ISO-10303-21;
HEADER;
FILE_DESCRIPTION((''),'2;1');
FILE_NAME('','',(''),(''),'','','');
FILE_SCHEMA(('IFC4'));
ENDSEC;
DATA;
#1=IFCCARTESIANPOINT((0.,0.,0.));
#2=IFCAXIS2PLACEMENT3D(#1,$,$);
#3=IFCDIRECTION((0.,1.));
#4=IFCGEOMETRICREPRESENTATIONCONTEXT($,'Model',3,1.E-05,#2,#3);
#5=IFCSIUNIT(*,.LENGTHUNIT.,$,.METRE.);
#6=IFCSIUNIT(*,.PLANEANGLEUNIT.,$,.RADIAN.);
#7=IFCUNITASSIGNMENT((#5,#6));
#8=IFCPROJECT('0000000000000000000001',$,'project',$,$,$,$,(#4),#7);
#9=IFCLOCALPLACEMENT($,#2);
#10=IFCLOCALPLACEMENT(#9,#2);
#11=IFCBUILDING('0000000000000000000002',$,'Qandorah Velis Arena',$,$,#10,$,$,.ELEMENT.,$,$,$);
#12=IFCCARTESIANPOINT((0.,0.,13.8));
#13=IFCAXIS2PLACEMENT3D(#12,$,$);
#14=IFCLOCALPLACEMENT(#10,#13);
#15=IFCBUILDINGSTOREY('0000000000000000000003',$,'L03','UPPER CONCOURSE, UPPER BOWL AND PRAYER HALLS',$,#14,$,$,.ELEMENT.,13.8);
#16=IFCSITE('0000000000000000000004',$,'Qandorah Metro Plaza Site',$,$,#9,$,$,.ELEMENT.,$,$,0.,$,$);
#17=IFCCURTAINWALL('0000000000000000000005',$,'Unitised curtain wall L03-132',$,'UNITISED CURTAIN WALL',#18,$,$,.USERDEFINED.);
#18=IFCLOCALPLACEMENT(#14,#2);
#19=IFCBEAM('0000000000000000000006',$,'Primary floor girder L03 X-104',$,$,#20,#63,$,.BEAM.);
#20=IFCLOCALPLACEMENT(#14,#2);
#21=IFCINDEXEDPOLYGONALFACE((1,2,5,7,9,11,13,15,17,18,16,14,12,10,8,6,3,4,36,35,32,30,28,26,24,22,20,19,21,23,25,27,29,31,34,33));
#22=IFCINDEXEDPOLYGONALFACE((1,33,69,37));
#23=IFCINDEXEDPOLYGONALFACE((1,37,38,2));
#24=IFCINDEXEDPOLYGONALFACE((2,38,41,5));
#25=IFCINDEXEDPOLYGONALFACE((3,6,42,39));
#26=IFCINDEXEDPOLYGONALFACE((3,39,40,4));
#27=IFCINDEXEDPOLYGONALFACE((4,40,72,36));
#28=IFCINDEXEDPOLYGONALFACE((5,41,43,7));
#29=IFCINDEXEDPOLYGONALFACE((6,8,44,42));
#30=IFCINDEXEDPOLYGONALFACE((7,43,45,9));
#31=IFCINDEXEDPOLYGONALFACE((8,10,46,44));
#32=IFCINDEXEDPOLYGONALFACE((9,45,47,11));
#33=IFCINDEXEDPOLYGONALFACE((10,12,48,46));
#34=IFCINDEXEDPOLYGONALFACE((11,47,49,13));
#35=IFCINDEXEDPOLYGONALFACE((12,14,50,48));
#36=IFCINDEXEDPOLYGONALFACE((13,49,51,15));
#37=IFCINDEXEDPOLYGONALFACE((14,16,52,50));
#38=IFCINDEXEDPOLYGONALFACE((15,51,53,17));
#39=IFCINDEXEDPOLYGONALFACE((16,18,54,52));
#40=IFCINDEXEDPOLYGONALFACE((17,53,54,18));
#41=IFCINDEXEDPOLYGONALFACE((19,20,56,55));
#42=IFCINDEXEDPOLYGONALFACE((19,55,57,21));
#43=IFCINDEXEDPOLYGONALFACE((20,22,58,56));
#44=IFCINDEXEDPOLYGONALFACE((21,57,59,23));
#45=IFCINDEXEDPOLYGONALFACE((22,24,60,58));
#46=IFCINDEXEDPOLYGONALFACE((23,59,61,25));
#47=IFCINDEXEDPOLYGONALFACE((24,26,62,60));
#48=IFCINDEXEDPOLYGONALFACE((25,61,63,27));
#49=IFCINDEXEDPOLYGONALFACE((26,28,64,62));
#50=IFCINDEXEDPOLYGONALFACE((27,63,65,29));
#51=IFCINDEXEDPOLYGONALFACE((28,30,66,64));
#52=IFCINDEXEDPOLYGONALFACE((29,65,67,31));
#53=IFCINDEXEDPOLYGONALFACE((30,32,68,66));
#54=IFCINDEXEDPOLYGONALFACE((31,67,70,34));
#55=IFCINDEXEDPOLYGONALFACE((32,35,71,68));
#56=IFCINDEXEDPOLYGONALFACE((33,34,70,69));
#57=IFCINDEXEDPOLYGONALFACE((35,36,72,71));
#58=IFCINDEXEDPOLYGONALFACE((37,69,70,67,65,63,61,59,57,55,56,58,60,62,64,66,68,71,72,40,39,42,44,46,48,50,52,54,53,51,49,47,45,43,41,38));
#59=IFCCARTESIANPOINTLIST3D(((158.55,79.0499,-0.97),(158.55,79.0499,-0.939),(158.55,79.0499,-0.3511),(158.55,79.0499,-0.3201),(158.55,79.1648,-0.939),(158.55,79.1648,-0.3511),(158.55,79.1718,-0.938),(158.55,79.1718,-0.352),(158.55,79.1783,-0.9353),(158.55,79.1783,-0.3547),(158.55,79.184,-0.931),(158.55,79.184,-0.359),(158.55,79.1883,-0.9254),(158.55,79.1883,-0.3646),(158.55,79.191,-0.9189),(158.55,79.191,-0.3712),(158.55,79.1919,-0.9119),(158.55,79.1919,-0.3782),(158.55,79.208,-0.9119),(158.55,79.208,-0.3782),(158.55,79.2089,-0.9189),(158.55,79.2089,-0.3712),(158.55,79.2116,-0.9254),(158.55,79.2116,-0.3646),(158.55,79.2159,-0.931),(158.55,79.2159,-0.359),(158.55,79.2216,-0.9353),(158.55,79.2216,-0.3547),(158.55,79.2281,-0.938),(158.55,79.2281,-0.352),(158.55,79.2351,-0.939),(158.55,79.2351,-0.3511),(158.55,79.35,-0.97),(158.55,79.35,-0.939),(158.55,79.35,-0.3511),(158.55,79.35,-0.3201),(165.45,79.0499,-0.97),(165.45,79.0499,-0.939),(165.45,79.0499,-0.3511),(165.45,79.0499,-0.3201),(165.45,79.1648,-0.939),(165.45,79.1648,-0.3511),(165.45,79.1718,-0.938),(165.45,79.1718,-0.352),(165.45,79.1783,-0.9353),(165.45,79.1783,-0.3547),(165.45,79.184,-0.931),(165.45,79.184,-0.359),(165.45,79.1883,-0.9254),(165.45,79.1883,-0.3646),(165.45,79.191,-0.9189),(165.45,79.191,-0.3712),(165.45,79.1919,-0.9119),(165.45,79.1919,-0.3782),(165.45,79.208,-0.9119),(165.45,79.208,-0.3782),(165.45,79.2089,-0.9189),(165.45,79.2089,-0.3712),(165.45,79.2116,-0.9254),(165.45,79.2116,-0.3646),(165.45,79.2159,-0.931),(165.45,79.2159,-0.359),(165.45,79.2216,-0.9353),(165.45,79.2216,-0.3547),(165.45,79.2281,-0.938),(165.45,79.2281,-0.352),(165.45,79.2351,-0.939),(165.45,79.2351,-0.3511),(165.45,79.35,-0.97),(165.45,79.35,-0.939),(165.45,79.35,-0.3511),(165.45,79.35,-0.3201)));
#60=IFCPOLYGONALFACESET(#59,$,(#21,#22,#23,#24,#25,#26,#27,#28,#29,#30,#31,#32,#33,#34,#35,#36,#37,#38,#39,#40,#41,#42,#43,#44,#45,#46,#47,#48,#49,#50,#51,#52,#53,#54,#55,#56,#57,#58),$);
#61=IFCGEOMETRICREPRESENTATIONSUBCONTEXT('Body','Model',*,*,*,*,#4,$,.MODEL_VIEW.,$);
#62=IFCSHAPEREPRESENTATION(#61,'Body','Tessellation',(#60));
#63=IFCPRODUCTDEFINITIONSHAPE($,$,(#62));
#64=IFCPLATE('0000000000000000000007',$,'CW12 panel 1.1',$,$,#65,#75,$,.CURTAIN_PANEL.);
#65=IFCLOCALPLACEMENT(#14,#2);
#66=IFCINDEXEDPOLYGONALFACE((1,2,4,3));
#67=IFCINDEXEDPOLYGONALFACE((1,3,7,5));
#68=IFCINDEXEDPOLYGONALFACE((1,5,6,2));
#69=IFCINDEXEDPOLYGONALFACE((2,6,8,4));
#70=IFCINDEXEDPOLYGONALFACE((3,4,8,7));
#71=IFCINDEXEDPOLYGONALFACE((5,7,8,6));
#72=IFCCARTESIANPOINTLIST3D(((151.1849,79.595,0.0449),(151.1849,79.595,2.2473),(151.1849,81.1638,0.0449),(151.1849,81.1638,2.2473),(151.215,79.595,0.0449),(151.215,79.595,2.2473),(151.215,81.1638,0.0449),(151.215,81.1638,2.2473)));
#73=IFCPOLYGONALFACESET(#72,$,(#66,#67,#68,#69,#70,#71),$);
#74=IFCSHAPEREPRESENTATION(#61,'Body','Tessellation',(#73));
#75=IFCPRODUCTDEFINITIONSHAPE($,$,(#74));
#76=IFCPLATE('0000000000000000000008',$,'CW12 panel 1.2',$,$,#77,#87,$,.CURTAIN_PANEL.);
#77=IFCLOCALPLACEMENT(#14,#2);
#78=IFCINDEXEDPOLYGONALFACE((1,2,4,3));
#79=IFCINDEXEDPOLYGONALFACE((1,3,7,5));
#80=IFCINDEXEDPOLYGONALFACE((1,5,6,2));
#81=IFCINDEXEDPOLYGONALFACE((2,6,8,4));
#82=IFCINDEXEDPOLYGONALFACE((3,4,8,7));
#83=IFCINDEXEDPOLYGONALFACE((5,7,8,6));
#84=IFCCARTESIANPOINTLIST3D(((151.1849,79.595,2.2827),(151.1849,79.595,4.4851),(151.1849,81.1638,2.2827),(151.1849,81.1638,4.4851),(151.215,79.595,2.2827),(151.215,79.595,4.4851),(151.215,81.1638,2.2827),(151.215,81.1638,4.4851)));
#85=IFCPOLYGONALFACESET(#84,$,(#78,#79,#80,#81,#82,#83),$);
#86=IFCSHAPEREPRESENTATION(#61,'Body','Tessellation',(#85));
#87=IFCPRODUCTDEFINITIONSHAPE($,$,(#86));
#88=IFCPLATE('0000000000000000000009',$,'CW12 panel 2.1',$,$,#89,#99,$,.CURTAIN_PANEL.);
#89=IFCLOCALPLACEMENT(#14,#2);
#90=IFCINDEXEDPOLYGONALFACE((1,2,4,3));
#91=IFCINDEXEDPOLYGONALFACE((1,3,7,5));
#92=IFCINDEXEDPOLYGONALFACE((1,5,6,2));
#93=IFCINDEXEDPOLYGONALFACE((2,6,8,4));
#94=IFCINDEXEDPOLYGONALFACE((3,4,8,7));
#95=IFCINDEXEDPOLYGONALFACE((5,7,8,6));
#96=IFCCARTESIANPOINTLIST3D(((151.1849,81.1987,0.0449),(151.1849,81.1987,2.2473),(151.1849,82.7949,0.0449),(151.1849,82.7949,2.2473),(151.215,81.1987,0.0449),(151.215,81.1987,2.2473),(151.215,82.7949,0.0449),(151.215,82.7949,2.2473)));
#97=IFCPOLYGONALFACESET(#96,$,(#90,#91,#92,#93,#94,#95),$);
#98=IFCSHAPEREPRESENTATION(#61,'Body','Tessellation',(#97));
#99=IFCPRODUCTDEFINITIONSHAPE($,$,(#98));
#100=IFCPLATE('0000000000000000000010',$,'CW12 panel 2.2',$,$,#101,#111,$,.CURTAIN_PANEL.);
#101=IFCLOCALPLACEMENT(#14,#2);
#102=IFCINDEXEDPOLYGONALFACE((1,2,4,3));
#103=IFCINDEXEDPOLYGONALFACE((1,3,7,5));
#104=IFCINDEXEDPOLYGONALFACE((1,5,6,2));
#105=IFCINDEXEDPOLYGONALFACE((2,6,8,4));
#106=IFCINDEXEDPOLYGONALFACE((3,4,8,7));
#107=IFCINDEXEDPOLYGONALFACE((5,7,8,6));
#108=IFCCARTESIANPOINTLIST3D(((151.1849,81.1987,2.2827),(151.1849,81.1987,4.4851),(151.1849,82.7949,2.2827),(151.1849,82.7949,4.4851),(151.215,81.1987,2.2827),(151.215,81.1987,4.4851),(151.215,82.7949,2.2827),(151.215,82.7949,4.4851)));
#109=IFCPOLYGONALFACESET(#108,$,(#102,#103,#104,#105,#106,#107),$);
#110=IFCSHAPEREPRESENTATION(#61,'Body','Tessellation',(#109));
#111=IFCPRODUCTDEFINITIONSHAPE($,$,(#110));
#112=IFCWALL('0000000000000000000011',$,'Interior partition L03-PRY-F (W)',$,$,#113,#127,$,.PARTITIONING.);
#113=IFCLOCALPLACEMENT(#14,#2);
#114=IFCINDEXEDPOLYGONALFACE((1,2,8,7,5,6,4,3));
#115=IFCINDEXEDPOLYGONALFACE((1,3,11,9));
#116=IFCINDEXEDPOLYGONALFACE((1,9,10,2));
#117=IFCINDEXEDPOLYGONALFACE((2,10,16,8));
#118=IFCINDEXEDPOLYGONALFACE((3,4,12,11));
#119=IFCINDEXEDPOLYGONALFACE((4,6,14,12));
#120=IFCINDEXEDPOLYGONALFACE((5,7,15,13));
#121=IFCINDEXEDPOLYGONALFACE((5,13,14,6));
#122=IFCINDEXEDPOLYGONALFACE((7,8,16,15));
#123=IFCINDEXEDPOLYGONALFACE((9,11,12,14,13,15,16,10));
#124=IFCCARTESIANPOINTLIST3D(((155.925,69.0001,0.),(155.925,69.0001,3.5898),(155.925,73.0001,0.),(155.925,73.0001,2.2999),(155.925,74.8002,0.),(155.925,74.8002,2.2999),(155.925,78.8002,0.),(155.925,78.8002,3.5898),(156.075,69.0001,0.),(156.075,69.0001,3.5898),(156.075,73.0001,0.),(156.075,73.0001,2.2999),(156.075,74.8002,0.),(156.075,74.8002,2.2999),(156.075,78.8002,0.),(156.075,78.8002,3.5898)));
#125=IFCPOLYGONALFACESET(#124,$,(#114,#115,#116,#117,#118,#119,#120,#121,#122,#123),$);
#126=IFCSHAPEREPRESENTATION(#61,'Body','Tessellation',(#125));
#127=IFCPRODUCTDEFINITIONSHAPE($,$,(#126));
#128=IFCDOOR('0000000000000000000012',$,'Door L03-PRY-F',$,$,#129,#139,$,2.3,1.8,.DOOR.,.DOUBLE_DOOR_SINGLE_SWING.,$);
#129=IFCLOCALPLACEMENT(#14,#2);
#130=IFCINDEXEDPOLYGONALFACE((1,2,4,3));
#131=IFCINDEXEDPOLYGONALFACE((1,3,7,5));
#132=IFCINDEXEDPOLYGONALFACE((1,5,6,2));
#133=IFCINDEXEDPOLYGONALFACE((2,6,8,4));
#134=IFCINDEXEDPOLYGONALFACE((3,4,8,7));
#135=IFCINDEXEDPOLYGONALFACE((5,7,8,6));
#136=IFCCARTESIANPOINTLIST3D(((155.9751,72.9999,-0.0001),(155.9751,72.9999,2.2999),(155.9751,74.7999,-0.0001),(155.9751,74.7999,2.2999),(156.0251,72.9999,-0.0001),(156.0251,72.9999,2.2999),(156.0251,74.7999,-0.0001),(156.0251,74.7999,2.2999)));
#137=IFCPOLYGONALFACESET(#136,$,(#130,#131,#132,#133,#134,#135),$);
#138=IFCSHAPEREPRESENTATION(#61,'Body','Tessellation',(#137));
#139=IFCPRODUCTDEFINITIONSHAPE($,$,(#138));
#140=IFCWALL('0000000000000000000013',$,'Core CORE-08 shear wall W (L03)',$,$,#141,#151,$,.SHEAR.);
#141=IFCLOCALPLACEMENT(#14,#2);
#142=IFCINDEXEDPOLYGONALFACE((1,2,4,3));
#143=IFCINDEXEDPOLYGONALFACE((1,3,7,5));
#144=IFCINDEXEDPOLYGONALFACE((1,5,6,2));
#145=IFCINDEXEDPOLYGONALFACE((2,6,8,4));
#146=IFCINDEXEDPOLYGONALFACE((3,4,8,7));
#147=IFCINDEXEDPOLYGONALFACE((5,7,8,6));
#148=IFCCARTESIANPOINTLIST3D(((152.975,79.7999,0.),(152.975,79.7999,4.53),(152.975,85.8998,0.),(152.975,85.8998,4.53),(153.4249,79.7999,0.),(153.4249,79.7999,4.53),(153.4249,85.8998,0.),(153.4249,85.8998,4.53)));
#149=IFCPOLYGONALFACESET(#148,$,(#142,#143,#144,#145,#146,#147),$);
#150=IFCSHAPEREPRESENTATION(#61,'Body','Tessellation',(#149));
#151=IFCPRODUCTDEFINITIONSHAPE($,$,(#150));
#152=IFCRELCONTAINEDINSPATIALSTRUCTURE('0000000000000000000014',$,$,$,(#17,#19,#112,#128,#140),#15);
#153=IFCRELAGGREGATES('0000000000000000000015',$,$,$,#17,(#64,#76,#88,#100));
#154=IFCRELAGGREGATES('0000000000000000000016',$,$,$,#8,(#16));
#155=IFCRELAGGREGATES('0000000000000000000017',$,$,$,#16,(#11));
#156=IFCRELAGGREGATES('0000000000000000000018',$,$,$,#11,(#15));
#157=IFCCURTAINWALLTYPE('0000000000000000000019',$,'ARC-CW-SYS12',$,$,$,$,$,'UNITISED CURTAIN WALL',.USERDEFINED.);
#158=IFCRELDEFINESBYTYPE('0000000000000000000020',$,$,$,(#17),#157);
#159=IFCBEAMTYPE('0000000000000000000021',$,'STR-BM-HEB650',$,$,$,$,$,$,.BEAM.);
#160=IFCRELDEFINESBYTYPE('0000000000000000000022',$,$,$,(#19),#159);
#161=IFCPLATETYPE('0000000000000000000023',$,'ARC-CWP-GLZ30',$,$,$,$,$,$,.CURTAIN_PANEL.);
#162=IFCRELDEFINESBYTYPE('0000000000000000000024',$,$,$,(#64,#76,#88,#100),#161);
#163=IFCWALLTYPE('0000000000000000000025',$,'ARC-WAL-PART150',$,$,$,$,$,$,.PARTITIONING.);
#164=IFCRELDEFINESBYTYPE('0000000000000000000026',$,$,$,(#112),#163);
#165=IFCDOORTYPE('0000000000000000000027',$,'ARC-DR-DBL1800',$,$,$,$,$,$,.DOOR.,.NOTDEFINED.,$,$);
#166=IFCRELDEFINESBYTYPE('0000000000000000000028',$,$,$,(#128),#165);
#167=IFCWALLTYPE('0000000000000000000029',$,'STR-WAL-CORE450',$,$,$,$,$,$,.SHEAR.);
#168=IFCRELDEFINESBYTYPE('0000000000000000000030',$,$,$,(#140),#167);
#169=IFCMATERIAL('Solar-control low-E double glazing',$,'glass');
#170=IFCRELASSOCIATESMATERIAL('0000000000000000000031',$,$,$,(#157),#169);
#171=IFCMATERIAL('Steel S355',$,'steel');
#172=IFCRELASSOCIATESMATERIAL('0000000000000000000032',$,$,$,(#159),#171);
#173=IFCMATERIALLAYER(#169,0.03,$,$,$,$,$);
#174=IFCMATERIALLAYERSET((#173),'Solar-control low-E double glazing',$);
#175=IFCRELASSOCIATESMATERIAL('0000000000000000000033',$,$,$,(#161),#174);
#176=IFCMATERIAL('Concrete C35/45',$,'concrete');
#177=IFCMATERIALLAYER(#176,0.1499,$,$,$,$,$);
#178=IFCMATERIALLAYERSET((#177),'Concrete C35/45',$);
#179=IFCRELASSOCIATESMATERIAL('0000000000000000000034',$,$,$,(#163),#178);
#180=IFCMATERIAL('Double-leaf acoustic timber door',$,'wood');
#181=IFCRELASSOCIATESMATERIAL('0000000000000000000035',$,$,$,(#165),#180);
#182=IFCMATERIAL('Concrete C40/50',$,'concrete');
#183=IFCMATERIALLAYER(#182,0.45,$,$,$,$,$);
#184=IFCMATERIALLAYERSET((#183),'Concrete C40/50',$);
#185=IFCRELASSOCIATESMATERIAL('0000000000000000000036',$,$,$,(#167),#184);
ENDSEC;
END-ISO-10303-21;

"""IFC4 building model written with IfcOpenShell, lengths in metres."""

from ifc_helpers import new_model, si_unit, direction, frame, frame_2d, origin, origin_2d, place, context, subcontext, project, spatial, rectangle, i_section, extrude, material, layer, layer_set, material_profile, profile_set, type_object, element, fill, aggregate, save


model = new_model("IFC4")

# Units and contexts
model_context = context("Model", 3, precision=1e-05, world=origin(), true_north=direction((0.0, 1.0)))
body_context = subcontext(model_context, "Body", "Model", "MODEL_VIEW")
ifc_project = project(units=[si_unit("LENGTHUNIT", "METRE"), si_unit("PLANEANGLEUNIT", "RADIAN")], contexts=[model_context])

# Site, building, storey
site_placement = place(None, origin())
site = spatial("IfcSite", under=ifc_project, at=site_placement, Name="Qandorah Metro Plaza Site", CompositionType="ELEMENT", RefElevation=0.0)
building_placement = place(site_placement, origin())
building = spatial("IfcBuilding", under=site, at=building_placement, Name="Qandorah Velis Arena", CompositionType="ELEMENT")
storey_placement = place(building_placement, frame((0.0, 0.0, 13.8)))
storey = spatial("IfcBuildingStorey", under=building, at=storey_placement, Name="L03", Description="UPPER CONCOURSE, UPPER BOWL AND PRAYER HALLS", CompositionType="ELEMENT", Elevation=13.8)

# Shared definitions
ifc_material_1 = material(Name="Concrete C40/50", Category="concrete")

# Curtain wall
ifc_material_2 = material(Name="Solar-control low-E double glazing", Category="glass")
curtain_wall_type = type_object("IfcCurtainWallType", Name="ARC-CW-SYS12", ElementType="UNITISED CURTAIN WALL", PredefinedType="USERDEFINED", material=ifc_material_2)
curtain_wall_placement = place(storey_placement, origin())
curtain_wall = element("IfcCurtainWall", 1, at=curtain_wall_placement, inside=storey, type_object=curtain_wall_type, Name="Unitised curtain wall L03-132", ObjectType="UNITISED CURTAIN WALL", PredefinedType="USERDEFINED")

# Beam
ifc_material_3 = material(Name="Steel S355", Category="steel")
ifc_material_profile_1 = material_profile(ifc_material_3, i_section(OverallWidth=0.3, OverallDepth=0.6499, WebThickness=0.0161, FlangeThickness=0.031, FilletRadius=0.0271, at=origin_2d()), Name="HEB 650")
ifc_profile_set_1 = profile_set([ifc_material_profile_1], Name="Steel S355")
beam_type = type_object("IfcBeamType", Name="STR-BM-HEB650", PredefinedType="BEAM", material=ifc_profile_set_1)
for number, where, z_axis, x_axis, name in (
    (2, (158.55, 79.2, -0.645), (1.0, 0.0, 0.0), (0.0, 1.0, 0.0), "Primary floor girder L03 X-104"),
):
    element("IfcBeam", number, at=place(storey_placement, frame(where, z_axis=z_axis, x_axis=x_axis)), inside=storey, type_object=beam_type, Name=name, PredefinedType="BEAM", context=body_context, shape_type="SweptSolid", body=[
        extrude(i_section(OverallWidth=0.3, OverallDepth=0.6499, WebThickness=0.0161, FlangeThickness=0.031, FilletRadius=0.0271, at=origin_2d()), origin(), (0.0, 0.0, 1.0), 6.8999),
    ])

# Plates
ifc_layer_1 = layer(ifc_material_2, 0.03)
ifc_layer_set_1 = layer_set([ifc_layer_1], Name="Solar-control low-E double glazing")
plate_type = type_object("IfcPlateType", Name="ARC-CWP-GLZ30", PredefinedType="CURTAIN_PANEL", material=ifc_layer_set_1)
plate_1_placement = place(storey_placement, frame((151.2, 80.3794, 0.0449), z_axis=(0.0, 0.0, 1.0), x_axis=(0.0, 1.0, 0.0)))
plate_1 = element("IfcPlate", 3, at=plate_1_placement, type_object=plate_type, Name="CW12 panel 1.1", PredefinedType="CURTAIN_PANEL", context=body_context, shape_type="SweptSolid", body=[
    extrude(rectangle(XDim=1.5688, YDim=0.03, at=origin_2d()), origin(), (0.0, 0.0, 1.0), 2.2024),
])
plate_2_placement = place(storey_placement, frame((151.2, 80.3794, 2.2827), z_axis=(0.0, 0.0, 1.0), x_axis=(0.0, 1.0, 0.0)))
plate_2 = element("IfcPlate", 4, at=plate_2_placement, type_object=plate_type, Name="CW12 panel 1.2", PredefinedType="CURTAIN_PANEL", context=body_context, shape_type="SweptSolid", body=[
    extrude(rectangle(XDim=1.5688, YDim=0.03, at=origin_2d()), origin(), (0.0, 0.0, 1.0), 2.2024),
])
plate_3_placement = place(storey_placement, frame((151.2, 81.9968, 0.0449), z_axis=(0.0, 0.0, 1.0), x_axis=(0.0, 1.0, 0.0)))
plate_3 = element("IfcPlate", 5, at=plate_3_placement, type_object=plate_type, Name="CW12 panel 2.1", PredefinedType="CURTAIN_PANEL", context=body_context, shape_type="SweptSolid", body=[
    extrude(rectangle(XDim=1.5962, YDim=0.03, at=origin_2d()), origin(), (0.0, 0.0, 1.0), 2.2024),
])
plate_4_placement = place(storey_placement, frame((151.2, 81.9968, 2.2827), z_axis=(0.0, 0.0, 1.0), x_axis=(0.0, 1.0, 0.0)))
plate_4 = element("IfcPlate", 6, at=plate_4_placement, type_object=plate_type, Name="CW12 panel 2.2", PredefinedType="CURTAIN_PANEL", context=body_context, shape_type="SweptSolid", body=[
    extrude(rectangle(XDim=1.5962, YDim=0.03, at=origin_2d()), origin(), (0.0, 0.0, 1.0), 2.2024),
])
aggregate(curtain_wall, [plate_1, plate_2, plate_3, plate_4])

# Wall, opening, door
ifc_material_4 = material(Name="Concrete C35/45", Category="concrete")
ifc_layer_2 = layer(ifc_material_4, 0.1499)
ifc_layer_set_2 = layer_set([ifc_layer_2], Name="Concrete C35/45")
wall_type_1 = type_object("IfcWallType", Name="ARC-WAL-PART150", PredefinedType="PARTITIONING", material=ifc_layer_set_2)
wall_1_placement = place(storey_placement, frame((156.0, 78.8, 0.0), z_axis=(0.0, 0.0, 1.0), x_axis=(0.0, -1.0, 0.0)))
wall_1 = element("IfcWall", 7, at=wall_1_placement, inside=storey, type_object=wall_type_1, Name="Interior partition L03-PRY-F (W)", PredefinedType="PARTITIONING", context=body_context, shape_type="SweptSolid", body=[
    extrude(rectangle(XDim=9.8, YDim=0.1499, at=frame_2d((4.8999, 0.0))), origin(), (0.0, 0.0, 1.0), 3.5898),
])
opening_1_placement = place(wall_1_placement, frame((4.0, 0.0, 0.0)))
opening_1 = element("IfcOpeningElement", 8, at=opening_1_placement, cuts=wall_1, PredefinedType="OPENING", context=body_context, shape_type="SweptSolid", body=[
    extrude(rectangle(XDim=1.8, YDim=2.3, at=frame_2d((0.8999, 1.1499))), frame((0.0, 0.085, 0.0), z_axis=(0.0, -1.0, 0.0), x_axis=(1.0, 0.0, 0.0)), (0.0, 0.0, 1.0), 0.1699),
])
ifc_material_5 = material(Name="Double-leaf acoustic timber door", Category="wood")
door_type_1 = type_object("IfcDoorType", Name="ARC-DR-DBL1800", OperationType="NOTDEFINED", PredefinedType="DOOR", material=ifc_material_5)
door_1_placement = place(opening_1_placement, frame((1.8, 0.0, 0.0), z_axis=(0.0, 0.0, 1.0), x_axis=(-1.0, 0.0, 0.0)))
door_1 = element("IfcDoor", 9, at=door_1_placement, inside=storey, type_object=door_type_1, Name="Door L03-PRY-F", OperationType="DOUBLE_DOOR_SINGLE_SWING", OverallHeight=2.3, OverallWidth=1.8, PredefinedType="DOOR", context=body_context, shape_type="SweptSolid", body=[
    extrude(rectangle(XDim=1.8, YDim=2.3, at=frame_2d((0.8999, 1.1499))), frame((0.0, 0.0249, 0.0), z_axis=(0.0, -1.0, 0.0), x_axis=(1.0, 0.0, 0.0)), (0.0, 0.0, 1.0), 0.05),
])
fill(opening_1, door_1)

# Shared definitions
ifc_layer_3 = layer(ifc_material_1, 0.45)
ifc_layer_set_3 = layer_set([ifc_layer_3], Name="Concrete C40/50")
wall_type_2 = type_object("IfcWallType", Name="STR-WAL-CORE450", PredefinedType="SHEAR", material=ifc_layer_set_3)

# Wall
wall_2_placement = place(storey_placement, frame((153.2, 79.8, 0.0), z_axis=(0.0, 0.0, 1.0), x_axis=(0.0, 1.0, 0.0)))
element("IfcWall", 10, at=wall_2_placement, inside=storey, type_object=wall_type_2, Name="Core CORE-08 shear wall W (L03)", PredefinedType="SHEAR", context=body_context, shape_type="SweptSolid", body=[
    extrude(rectangle(XDim=6.0999, YDim=0.45, at=frame_2d((3.0498, 0.0))), origin(), (0.0, 0.0, 1.0), 4.53),
])

save(model, "model.ifc")
